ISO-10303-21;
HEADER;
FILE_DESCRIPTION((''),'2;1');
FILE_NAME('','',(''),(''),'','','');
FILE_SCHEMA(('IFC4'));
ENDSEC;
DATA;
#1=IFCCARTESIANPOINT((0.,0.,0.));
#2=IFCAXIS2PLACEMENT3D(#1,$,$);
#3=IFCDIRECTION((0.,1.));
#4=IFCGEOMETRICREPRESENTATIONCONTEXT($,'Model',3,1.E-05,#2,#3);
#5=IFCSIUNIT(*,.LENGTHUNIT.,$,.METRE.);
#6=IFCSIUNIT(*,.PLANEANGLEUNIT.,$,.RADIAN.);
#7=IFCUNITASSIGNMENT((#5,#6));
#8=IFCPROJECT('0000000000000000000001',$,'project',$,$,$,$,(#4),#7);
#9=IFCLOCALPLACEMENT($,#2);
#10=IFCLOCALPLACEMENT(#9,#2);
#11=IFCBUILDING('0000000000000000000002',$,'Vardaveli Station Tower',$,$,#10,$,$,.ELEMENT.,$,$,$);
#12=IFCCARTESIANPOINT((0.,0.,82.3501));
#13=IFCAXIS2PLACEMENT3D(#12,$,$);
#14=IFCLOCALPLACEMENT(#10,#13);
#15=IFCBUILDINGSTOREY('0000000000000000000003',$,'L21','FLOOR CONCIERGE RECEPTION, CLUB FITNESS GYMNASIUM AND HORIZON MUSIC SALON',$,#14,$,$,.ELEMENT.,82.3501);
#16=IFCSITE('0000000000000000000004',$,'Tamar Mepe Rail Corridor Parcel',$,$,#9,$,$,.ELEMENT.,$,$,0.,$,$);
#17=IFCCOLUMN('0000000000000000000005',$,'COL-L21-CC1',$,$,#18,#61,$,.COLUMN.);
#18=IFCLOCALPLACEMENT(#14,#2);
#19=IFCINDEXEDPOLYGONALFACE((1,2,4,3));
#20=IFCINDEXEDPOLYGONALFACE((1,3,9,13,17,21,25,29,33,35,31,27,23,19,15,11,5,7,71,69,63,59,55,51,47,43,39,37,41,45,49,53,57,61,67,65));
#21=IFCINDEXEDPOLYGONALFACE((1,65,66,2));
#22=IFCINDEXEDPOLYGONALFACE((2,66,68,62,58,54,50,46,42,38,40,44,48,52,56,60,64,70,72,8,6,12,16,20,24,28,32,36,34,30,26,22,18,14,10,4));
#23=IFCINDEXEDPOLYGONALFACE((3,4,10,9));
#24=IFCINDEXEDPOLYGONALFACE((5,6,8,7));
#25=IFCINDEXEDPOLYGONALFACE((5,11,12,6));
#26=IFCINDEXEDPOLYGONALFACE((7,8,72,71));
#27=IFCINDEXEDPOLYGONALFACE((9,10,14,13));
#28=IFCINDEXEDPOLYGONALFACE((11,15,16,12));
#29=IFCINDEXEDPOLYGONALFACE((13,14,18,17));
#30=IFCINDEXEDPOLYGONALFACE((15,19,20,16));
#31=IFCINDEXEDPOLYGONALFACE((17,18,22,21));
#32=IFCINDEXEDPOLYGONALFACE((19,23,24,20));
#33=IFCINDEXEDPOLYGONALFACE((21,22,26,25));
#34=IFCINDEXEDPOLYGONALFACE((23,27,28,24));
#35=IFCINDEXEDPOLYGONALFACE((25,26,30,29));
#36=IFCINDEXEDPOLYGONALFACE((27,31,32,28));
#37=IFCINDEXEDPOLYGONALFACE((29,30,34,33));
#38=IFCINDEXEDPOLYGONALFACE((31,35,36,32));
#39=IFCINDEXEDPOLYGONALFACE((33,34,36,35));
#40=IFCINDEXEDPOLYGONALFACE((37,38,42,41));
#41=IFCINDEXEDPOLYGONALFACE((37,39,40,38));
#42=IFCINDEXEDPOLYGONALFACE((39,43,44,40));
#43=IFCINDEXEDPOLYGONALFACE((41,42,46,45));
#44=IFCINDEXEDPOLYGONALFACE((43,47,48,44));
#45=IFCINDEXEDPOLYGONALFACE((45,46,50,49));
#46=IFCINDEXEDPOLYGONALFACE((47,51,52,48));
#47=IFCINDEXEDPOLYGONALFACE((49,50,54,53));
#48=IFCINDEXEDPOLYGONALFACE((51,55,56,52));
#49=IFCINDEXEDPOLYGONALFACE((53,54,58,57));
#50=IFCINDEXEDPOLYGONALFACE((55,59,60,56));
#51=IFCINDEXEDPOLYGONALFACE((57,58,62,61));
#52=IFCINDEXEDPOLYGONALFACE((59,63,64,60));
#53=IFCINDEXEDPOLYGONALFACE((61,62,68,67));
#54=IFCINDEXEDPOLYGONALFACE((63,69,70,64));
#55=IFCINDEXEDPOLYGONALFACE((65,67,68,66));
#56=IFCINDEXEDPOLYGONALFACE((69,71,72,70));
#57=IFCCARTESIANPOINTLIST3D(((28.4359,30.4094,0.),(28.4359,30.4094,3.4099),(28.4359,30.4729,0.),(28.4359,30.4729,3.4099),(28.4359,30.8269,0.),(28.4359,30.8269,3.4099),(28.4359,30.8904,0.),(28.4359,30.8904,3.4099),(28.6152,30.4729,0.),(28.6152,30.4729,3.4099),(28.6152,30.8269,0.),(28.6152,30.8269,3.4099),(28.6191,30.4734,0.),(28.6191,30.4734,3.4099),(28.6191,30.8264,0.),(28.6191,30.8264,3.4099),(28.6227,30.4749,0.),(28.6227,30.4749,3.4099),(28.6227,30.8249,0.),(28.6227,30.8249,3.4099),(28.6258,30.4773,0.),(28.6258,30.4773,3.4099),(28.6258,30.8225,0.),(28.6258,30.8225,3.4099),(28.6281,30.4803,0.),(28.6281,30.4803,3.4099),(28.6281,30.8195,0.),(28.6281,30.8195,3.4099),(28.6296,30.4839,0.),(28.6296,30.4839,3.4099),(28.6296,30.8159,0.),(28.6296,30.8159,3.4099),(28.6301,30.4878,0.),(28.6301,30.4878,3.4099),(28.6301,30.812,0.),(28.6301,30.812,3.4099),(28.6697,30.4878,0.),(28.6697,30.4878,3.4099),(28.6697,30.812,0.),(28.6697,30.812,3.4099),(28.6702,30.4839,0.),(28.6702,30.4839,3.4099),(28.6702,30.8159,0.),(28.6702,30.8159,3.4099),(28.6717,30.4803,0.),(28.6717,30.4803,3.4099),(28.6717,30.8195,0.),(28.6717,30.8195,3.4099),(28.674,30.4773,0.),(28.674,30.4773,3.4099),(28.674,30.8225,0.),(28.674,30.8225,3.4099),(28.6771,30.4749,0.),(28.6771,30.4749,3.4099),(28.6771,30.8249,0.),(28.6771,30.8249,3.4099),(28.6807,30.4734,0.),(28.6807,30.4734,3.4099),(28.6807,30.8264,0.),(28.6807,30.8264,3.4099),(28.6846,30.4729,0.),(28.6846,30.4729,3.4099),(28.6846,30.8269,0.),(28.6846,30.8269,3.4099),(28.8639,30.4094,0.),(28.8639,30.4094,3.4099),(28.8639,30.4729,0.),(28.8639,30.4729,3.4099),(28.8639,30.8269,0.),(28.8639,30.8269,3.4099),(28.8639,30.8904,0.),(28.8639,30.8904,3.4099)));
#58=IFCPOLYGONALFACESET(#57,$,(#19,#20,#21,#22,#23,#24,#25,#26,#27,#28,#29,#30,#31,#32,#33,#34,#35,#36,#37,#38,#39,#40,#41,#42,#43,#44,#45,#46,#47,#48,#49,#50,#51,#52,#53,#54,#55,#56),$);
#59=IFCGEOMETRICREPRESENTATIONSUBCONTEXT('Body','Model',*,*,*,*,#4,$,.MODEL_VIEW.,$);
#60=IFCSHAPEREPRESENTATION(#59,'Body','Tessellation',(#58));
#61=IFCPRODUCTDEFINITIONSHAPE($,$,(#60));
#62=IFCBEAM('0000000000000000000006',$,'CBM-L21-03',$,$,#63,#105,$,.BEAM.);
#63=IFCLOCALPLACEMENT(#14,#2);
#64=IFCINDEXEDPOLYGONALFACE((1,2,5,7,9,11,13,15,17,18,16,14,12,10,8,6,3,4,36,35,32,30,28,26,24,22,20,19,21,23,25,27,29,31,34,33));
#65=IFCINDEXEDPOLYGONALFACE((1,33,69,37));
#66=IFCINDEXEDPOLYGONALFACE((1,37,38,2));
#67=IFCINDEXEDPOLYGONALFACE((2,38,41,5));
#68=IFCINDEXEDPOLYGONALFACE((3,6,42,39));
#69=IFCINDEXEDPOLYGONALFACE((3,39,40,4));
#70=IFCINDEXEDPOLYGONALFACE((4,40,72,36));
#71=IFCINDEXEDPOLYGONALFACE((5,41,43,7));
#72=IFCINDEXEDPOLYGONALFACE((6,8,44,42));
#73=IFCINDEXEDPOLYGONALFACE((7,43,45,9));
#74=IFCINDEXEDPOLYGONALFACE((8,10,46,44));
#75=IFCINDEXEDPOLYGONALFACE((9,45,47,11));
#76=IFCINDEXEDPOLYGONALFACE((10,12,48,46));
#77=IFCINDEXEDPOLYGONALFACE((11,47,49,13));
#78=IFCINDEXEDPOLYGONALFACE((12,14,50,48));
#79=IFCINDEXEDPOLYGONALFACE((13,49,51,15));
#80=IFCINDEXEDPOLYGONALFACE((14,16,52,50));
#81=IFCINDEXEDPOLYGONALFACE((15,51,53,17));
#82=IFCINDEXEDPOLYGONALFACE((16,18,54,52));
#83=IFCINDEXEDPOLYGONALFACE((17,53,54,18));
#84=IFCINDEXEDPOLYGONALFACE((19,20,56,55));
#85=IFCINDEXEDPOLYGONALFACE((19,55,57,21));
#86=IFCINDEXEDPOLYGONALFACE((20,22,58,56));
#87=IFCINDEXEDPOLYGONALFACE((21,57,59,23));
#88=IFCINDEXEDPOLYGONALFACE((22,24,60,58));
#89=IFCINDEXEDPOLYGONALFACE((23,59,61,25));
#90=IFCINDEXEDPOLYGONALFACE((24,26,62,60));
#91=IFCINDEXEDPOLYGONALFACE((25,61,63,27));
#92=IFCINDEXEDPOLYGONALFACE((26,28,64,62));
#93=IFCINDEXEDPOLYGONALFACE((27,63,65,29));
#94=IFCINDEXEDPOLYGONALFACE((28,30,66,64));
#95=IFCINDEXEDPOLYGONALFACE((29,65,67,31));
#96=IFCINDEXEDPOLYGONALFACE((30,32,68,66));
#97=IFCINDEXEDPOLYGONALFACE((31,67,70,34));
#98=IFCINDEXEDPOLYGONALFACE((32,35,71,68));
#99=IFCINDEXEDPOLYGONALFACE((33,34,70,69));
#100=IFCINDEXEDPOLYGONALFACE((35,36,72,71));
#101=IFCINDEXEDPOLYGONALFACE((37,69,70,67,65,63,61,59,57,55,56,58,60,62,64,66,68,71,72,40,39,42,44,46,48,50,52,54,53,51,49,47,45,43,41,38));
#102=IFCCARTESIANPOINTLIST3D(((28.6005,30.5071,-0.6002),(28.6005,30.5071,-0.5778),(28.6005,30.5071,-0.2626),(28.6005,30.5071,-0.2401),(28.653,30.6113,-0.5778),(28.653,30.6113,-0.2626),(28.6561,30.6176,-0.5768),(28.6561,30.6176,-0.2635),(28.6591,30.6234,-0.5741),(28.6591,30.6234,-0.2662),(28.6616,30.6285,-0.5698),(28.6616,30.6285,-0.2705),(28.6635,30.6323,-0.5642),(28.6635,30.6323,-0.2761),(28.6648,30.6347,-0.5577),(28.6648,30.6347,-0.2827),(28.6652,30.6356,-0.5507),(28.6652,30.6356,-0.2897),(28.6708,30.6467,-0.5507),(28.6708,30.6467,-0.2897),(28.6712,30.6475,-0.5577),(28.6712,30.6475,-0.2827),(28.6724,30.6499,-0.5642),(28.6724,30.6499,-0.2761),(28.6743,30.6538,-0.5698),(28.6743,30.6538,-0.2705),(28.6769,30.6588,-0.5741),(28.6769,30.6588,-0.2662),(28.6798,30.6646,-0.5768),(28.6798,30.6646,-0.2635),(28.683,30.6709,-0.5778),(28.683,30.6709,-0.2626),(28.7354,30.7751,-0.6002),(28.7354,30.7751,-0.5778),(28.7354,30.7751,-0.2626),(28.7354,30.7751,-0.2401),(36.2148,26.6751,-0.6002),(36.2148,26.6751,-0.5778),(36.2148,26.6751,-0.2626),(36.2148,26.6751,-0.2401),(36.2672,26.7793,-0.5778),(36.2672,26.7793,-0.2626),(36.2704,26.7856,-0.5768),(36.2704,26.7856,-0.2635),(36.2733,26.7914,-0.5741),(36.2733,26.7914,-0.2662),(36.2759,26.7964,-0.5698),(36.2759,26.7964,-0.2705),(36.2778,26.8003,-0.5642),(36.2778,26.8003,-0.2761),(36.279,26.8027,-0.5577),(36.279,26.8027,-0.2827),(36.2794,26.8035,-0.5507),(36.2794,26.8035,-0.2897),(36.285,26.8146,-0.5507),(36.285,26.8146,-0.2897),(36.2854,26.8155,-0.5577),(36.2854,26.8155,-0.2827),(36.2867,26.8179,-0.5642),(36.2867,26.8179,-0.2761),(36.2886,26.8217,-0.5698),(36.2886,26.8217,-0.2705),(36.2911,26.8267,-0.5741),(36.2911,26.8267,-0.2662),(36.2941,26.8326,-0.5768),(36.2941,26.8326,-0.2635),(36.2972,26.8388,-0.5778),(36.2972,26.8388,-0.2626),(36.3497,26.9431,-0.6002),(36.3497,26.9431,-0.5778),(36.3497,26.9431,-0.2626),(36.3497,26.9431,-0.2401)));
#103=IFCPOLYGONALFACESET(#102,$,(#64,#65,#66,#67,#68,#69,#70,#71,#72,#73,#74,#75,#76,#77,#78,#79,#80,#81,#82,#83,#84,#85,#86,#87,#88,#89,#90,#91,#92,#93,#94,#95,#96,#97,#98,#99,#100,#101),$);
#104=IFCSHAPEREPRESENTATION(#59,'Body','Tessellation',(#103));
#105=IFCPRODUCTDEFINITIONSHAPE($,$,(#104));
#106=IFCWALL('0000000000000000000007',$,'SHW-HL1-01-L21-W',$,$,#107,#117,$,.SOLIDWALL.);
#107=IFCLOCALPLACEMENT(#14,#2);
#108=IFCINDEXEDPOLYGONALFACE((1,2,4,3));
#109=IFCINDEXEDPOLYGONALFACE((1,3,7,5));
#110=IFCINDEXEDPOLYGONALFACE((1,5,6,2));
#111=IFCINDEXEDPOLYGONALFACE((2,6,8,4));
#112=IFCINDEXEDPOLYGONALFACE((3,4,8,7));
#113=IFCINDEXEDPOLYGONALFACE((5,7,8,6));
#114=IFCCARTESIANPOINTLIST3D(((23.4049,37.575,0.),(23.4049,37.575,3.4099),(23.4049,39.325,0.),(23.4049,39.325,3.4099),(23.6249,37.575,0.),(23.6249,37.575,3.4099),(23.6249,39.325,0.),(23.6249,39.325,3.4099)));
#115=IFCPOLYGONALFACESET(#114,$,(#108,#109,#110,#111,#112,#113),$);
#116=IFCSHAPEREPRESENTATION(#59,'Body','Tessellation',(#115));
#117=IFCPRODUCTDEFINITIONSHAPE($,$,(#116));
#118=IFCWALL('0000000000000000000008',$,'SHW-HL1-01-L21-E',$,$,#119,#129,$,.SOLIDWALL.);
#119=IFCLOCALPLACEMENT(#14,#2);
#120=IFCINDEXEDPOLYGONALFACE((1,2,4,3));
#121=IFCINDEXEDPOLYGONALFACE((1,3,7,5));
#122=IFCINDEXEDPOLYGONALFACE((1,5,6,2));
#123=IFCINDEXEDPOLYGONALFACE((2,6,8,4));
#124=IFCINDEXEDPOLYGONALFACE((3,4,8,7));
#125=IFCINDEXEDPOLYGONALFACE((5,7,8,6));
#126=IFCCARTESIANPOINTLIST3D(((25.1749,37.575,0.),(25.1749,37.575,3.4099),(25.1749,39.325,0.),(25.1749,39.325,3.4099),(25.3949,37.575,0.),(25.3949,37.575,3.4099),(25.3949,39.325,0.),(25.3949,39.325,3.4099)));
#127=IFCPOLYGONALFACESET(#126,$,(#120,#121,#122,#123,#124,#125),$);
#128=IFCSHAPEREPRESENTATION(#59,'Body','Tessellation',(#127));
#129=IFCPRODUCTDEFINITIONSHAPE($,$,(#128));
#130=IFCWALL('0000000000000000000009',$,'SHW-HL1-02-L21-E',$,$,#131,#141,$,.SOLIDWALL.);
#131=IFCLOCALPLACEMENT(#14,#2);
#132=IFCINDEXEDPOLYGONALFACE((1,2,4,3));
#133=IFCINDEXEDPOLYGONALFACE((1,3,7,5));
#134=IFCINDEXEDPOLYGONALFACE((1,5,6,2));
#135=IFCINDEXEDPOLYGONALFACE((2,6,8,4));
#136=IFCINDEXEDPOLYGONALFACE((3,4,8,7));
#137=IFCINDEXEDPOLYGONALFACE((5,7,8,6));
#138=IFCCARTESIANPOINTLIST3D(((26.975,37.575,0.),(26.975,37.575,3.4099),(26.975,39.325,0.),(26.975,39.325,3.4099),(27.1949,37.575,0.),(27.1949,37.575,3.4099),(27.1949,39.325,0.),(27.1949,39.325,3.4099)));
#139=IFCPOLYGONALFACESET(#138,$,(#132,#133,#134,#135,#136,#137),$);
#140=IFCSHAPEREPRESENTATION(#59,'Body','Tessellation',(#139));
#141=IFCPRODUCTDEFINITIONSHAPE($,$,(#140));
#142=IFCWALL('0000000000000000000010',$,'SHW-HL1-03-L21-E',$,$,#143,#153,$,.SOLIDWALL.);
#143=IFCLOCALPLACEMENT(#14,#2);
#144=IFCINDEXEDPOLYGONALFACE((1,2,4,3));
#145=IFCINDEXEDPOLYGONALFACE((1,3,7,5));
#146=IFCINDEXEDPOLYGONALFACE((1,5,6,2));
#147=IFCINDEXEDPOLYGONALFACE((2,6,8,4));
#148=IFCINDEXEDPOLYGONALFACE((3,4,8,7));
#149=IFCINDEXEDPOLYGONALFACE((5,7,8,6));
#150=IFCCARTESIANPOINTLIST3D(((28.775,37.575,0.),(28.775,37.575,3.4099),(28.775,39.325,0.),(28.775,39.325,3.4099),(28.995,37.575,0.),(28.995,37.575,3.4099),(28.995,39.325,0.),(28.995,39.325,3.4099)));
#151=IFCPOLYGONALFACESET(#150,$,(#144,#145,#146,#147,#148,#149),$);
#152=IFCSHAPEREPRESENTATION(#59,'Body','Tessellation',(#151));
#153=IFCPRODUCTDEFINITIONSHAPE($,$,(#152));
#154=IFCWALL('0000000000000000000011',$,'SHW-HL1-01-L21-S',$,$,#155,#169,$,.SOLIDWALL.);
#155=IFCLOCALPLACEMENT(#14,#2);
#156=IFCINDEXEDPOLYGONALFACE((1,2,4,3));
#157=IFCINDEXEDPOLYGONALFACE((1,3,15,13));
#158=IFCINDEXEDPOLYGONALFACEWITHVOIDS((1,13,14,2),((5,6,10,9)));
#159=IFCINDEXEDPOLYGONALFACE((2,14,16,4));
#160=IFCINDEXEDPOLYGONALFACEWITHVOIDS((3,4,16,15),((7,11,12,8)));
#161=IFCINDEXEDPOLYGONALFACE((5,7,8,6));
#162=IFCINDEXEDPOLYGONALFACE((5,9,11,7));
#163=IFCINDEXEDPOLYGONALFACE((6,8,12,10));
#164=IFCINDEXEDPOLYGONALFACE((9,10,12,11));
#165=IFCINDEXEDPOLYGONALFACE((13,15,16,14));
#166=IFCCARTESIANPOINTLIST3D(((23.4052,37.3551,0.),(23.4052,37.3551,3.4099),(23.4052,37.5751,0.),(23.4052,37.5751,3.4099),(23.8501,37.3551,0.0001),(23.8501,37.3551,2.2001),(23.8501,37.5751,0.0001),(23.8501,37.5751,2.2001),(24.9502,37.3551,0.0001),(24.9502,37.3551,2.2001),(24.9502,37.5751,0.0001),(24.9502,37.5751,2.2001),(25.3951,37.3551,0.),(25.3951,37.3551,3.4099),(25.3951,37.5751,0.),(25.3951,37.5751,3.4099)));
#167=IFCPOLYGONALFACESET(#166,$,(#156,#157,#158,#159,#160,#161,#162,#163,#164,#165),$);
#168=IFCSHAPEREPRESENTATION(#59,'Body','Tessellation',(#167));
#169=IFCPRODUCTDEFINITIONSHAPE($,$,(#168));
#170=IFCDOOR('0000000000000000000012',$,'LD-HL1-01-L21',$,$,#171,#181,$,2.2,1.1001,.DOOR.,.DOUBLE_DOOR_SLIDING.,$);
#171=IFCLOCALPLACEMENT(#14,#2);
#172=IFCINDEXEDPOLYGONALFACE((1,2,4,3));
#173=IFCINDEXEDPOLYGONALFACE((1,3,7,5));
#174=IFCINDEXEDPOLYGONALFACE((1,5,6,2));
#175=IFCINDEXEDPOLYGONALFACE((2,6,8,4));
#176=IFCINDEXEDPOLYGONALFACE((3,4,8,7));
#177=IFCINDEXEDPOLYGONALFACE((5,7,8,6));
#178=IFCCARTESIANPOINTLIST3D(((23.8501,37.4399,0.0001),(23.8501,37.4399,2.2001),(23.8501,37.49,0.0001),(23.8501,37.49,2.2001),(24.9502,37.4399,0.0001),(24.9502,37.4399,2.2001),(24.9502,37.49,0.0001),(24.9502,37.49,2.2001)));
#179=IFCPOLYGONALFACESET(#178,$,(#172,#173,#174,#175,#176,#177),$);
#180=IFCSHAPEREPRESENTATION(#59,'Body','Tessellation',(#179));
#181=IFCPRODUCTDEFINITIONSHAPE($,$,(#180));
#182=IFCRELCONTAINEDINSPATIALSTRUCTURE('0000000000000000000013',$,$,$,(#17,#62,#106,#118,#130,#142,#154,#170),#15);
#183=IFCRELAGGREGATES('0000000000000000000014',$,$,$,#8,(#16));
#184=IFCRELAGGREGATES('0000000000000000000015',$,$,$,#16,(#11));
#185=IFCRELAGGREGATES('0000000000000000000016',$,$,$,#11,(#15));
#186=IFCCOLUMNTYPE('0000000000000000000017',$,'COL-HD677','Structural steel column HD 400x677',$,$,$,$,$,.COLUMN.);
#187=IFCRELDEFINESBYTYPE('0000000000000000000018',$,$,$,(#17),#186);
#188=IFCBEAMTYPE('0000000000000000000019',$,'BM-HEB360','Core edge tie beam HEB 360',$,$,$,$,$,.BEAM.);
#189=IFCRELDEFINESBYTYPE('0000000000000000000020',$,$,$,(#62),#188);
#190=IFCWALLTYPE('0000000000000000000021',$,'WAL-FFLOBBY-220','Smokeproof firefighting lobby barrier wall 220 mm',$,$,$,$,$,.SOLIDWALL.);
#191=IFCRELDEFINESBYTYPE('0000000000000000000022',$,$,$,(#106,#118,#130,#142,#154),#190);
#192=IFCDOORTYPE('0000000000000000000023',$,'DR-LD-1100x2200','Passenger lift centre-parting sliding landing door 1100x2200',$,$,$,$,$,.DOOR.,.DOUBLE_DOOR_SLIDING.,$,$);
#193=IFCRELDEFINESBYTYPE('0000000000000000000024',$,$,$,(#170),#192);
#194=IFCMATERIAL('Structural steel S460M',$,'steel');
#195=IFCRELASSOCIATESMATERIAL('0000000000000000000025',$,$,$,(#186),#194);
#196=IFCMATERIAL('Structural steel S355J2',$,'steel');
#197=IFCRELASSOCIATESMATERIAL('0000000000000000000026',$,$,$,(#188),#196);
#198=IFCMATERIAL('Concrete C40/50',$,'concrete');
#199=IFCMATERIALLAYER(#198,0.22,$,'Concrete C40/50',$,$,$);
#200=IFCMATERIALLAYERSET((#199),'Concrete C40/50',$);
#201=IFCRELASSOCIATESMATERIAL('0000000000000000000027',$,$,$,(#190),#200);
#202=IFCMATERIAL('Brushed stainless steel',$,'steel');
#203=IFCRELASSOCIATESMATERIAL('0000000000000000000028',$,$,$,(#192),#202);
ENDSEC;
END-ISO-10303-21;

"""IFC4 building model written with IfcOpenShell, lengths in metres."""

from ifc_helpers import new_model, si_unit, direction, frame, frame_2d, origin, origin_2d, place, context, subcontext, project, spatial, rectangle, i_section, extrude, source, transform, mapped, material, layer, layer_set, material_profile, profile_set, type_object, element, fill, save


model = new_model("IFC4")

# Units and contexts
model_context = context("Model", 3, precision=1e-05, world=origin(), true_north=direction((0.0, 1.0)))
body_context = subcontext(model_context, "Body", "Model", "MODEL_VIEW")
ifc_project = project(units=[si_unit("LENGTHUNIT", "METRE"), si_unit("PLANEANGLEUNIT", "RADIAN")], contexts=[model_context])

# Site, building, storey
site_placement = place(None, origin())
site = spatial("IfcSite", under=ifc_project, at=site_placement, Name="Tamar Mepe Rail Corridor Parcel", CompositionType="ELEMENT", RefElevation=0.0)
building_placement = place(site_placement, origin())
building = spatial("IfcBuilding", under=site, at=building_placement, Name="Vardaveli Station Tower", CompositionType="ELEMENT")
storey_placement = place(building_placement, frame((0.0, 0.0, 82.3501)))
storey = spatial("IfcBuildingStorey", under=building, at=storey_placement, Name="L21", Description="FLOOR CONCIERGE RECEPTION, CLUB FITNESS GYMNASIUM AND HORIZON MUSIC SALON", CompositionType="ELEMENT", Elevation=82.3501)

# Column
ifc_material_1 = material(Name="Structural steel S460M", Category="steel")
ifc_material_profile_1 = material_profile(ifc_material_1, i_section(OverallWidth=0.428, OverallDepth=0.481, WebThickness=0.0396, FlangeThickness=0.0635, FilletRadius=0.0149, at=origin_2d()), Name="HD 400x677")
ifc_profile_set_1 = profile_set([ifc_material_profile_1], Name="Structural steel S460M")
column_type = type_object("IfcColumnType", Name="COL-HD677", Description="Structural steel column HD 400x677", PredefinedType="COLUMN", material=ifc_profile_set_1)
shared_shape_1 = source(origin(), body_context, "Body", "SweptSolid", [
    extrude(i_section(OverallWidth=0.428, OverallDepth=0.481, WebThickness=0.0396, FlangeThickness=0.0635, FilletRadius=0.0149, at=origin_2d()), origin(), (0.0, 0.0, 1.0), 3.4099),
])
column_placement = place(storey_placement, frame((28.6499, 30.6499, 0.0), z_axis=(0.0, 0.0, 1.0), x_axis=(1.0, 0.0, 0.0)))
element("IfcColumn", 1, at=column_placement, inside=storey, type_object=column_type, Name="COL-L21-CC1", PredefinedType="COLUMN", context=body_context, shape_type="MappedRepresentation", body=[
    mapped(shared_shape_1, transform((0.0, 0.0, 0.0), scale=1.0)),
])

# Beam
ifc_material_2 = material(Name="Structural steel S355J2", Category="steel")
ifc_material_profile_2 = material_profile(ifc_material_2, i_section(OverallWidth=0.3, OverallDepth=0.3601, WebThickness=0.0125, FlangeThickness=0.0225, FilletRadius=0.0271, at=origin_2d()), Name="HEB 360")
ifc_profile_set_2 = profile_set([ifc_material_profile_2], Name="Structural steel S355J2")
beam_type = type_object("IfcBeamType", Name="BM-HEB360", Description="Core edge tie beam HEB 360", PredefinedType="BEAM", material=ifc_profile_set_2)
shared_shape_2 = source(origin(), body_context, "Body", "SweptSolid", [
    extrude(i_section(OverallWidth=0.3, OverallDepth=0.3601, WebThickness=0.0125, FlangeThickness=0.0225, FilletRadius=0.0271, at=origin_2d()), origin(), (0.0, 0.0, 1.0), 8.5242),
])
beam_placement = place(storey_placement, frame((28.668, 30.6411, -0.4202), z_axis=(0.893256, -0.449549, 0.0), x_axis=(0.449549, 0.893256, 0.0)))
element("IfcBeam", 2, at=beam_placement, inside=storey, type_object=beam_type, Name="CBM-L21-03", PredefinedType="BEAM", context=body_context, shape_type="MappedRepresentation", body=[
    mapped(shared_shape_2, transform((0.0, 0.0, 0.0), scale=1.0)),
])

# Walls
ifc_material_3 = material(Name="Concrete C40/50", Category="concrete")
ifc_layer = layer(ifc_material_3, 0.22, Name="Concrete C40/50")
ifc_layer_set = layer_set([ifc_layer], Name="Concrete C40/50")
wall_type = type_object("IfcWallType", Name="WAL-FFLOBBY-220", Description="Smokeproof firefighting lobby barrier wall 220 mm", PredefinedType="SOLIDWALL", material=ifc_layer_set)
shared_shape_3 = source(origin(), body_context, "Body", "SweptSolid", [
    extrude(rectangle(XDim=1.75, YDim=0.22, at=frame_2d((0.875, 0.0))), origin(), (0.0, 0.0, 1.0), 3.4099),
])
for number, where, z_axis, x_axis, name in (
    (3, (23.5149, 37.575, 0.0), (0.0, 0.0, 1.0), (0.0, 1.0, 0.0), "SHW-HL1-01-L21-W"),
    (4, (25.2849, 37.575, 0.0), (0.0, 0.0, 1.0), (0.0, 1.0, 0.0), "SHW-HL1-01-L21-E"),
    (5, (27.085, 37.575, 0.0), (0.0, 0.0, 1.0), (0.0, 1.0, 0.0), "SHW-HL1-02-L21-E"),
    (6, (28.885, 37.575, 0.0), (0.0, 0.0, 1.0), (0.0, 1.0, 0.0), "SHW-HL1-03-L21-E"),
):
    element("IfcWall", number, at=place(storey_placement, frame(where, z_axis=z_axis, x_axis=x_axis)), inside=storey, type_object=wall_type, Name=name, PredefinedType="SOLIDWALL", context=body_context, shape_type="MappedRepresentation", body=[
        mapped(shared_shape_3, transform((0.0, 0.0, 0.0), scale=1.0)),
    ])

# Wall, opening, door
shared_shape_4 = source(origin(), body_context, "Body", "SweptSolid", [
    extrude(rectangle(XDim=1.99, YDim=0.22, at=frame_2d((0.9951, 0.0))), origin(), (0.0, 0.0, 1.0), 3.4099),
])
wall_1_placement = place(storey_placement, frame((23.405, 37.4651, 0.0), z_axis=(0.0, 0.0, 1.0), x_axis=(1.0, 0.0, 0.0)))
wall_1 = element("IfcWall", 7, at=wall_1_placement, inside=storey, type_object=wall_type, Name="SHW-HL1-01-L21-S", PredefinedType="SOLIDWALL", context=body_context, shape_type="MappedRepresentation", body=[
    mapped(shared_shape_4, transform((0.0, 0.0, 0.0), scale=1.0)),
])
shared_shape_5 = source(origin(), body_context, "Body", "SweptSolid", [
    extrude(rectangle(XDim=1.1001, YDim=2.2, at=frame_2d((0.55, 1.1001))), frame((0.0, 0.1201, 0.0), z_axis=(0.0, -1.0, 0.0), x_axis=(1.0, 0.0, 0.0)), (0.0, 0.0, 1.0), 0.24),
])
opening_1_placement = place(wall_1_placement, frame((0.4451, 0.0, 0.0)))
opening_1 = element("IfcOpeningElement", 8, at=opening_1_placement, cuts=wall_1, PredefinedType="OPENING", context=body_context, shape_type="MappedRepresentation", body=[
    mapped(shared_shape_5, transform((0.0, 0.0, 0.0), scale=1.0)),
])
ifc_material_4 = material(Name="Brushed stainless steel", Category="steel")
door_type = type_object("IfcDoorType", Name="DR-LD-1100x2200", Description="Passenger lift centre-parting sliding landing door 1100x2200", OperationType="DOUBLE_DOOR_SLIDING", PredefinedType="DOOR", material=ifc_material_4)
shared_shape_6 = source(origin(), body_context, "Body", "SweptSolid", [
    extrude(rectangle(XDim=1.1001, YDim=2.2, at=frame_2d((0.55, 1.1001))), frame((0.0, 0.0249, 0.0), z_axis=(0.0, -1.0, 0.0), x_axis=(1.0, 0.0, 0.0)), (0.0, 0.0, 1.0), 0.05),
])
door_1_placement = place(opening_1_placement, origin())
door_1 = element("IfcDoor", 9, at=door_1_placement, inside=storey, type_object=door_type, Name="LD-HL1-01-L21", OperationType="DOUBLE_DOOR_SLIDING", OverallHeight=2.2, OverallWidth=1.1001, PredefinedType="DOOR", context=body_context, shape_type="MappedRepresentation", body=[
    mapped(shared_shape_6, transform((0.0, 0.0, 0.0), scale=1.0)),
])
fill(opening_1, door_1)

save(model, "model.ifc")
